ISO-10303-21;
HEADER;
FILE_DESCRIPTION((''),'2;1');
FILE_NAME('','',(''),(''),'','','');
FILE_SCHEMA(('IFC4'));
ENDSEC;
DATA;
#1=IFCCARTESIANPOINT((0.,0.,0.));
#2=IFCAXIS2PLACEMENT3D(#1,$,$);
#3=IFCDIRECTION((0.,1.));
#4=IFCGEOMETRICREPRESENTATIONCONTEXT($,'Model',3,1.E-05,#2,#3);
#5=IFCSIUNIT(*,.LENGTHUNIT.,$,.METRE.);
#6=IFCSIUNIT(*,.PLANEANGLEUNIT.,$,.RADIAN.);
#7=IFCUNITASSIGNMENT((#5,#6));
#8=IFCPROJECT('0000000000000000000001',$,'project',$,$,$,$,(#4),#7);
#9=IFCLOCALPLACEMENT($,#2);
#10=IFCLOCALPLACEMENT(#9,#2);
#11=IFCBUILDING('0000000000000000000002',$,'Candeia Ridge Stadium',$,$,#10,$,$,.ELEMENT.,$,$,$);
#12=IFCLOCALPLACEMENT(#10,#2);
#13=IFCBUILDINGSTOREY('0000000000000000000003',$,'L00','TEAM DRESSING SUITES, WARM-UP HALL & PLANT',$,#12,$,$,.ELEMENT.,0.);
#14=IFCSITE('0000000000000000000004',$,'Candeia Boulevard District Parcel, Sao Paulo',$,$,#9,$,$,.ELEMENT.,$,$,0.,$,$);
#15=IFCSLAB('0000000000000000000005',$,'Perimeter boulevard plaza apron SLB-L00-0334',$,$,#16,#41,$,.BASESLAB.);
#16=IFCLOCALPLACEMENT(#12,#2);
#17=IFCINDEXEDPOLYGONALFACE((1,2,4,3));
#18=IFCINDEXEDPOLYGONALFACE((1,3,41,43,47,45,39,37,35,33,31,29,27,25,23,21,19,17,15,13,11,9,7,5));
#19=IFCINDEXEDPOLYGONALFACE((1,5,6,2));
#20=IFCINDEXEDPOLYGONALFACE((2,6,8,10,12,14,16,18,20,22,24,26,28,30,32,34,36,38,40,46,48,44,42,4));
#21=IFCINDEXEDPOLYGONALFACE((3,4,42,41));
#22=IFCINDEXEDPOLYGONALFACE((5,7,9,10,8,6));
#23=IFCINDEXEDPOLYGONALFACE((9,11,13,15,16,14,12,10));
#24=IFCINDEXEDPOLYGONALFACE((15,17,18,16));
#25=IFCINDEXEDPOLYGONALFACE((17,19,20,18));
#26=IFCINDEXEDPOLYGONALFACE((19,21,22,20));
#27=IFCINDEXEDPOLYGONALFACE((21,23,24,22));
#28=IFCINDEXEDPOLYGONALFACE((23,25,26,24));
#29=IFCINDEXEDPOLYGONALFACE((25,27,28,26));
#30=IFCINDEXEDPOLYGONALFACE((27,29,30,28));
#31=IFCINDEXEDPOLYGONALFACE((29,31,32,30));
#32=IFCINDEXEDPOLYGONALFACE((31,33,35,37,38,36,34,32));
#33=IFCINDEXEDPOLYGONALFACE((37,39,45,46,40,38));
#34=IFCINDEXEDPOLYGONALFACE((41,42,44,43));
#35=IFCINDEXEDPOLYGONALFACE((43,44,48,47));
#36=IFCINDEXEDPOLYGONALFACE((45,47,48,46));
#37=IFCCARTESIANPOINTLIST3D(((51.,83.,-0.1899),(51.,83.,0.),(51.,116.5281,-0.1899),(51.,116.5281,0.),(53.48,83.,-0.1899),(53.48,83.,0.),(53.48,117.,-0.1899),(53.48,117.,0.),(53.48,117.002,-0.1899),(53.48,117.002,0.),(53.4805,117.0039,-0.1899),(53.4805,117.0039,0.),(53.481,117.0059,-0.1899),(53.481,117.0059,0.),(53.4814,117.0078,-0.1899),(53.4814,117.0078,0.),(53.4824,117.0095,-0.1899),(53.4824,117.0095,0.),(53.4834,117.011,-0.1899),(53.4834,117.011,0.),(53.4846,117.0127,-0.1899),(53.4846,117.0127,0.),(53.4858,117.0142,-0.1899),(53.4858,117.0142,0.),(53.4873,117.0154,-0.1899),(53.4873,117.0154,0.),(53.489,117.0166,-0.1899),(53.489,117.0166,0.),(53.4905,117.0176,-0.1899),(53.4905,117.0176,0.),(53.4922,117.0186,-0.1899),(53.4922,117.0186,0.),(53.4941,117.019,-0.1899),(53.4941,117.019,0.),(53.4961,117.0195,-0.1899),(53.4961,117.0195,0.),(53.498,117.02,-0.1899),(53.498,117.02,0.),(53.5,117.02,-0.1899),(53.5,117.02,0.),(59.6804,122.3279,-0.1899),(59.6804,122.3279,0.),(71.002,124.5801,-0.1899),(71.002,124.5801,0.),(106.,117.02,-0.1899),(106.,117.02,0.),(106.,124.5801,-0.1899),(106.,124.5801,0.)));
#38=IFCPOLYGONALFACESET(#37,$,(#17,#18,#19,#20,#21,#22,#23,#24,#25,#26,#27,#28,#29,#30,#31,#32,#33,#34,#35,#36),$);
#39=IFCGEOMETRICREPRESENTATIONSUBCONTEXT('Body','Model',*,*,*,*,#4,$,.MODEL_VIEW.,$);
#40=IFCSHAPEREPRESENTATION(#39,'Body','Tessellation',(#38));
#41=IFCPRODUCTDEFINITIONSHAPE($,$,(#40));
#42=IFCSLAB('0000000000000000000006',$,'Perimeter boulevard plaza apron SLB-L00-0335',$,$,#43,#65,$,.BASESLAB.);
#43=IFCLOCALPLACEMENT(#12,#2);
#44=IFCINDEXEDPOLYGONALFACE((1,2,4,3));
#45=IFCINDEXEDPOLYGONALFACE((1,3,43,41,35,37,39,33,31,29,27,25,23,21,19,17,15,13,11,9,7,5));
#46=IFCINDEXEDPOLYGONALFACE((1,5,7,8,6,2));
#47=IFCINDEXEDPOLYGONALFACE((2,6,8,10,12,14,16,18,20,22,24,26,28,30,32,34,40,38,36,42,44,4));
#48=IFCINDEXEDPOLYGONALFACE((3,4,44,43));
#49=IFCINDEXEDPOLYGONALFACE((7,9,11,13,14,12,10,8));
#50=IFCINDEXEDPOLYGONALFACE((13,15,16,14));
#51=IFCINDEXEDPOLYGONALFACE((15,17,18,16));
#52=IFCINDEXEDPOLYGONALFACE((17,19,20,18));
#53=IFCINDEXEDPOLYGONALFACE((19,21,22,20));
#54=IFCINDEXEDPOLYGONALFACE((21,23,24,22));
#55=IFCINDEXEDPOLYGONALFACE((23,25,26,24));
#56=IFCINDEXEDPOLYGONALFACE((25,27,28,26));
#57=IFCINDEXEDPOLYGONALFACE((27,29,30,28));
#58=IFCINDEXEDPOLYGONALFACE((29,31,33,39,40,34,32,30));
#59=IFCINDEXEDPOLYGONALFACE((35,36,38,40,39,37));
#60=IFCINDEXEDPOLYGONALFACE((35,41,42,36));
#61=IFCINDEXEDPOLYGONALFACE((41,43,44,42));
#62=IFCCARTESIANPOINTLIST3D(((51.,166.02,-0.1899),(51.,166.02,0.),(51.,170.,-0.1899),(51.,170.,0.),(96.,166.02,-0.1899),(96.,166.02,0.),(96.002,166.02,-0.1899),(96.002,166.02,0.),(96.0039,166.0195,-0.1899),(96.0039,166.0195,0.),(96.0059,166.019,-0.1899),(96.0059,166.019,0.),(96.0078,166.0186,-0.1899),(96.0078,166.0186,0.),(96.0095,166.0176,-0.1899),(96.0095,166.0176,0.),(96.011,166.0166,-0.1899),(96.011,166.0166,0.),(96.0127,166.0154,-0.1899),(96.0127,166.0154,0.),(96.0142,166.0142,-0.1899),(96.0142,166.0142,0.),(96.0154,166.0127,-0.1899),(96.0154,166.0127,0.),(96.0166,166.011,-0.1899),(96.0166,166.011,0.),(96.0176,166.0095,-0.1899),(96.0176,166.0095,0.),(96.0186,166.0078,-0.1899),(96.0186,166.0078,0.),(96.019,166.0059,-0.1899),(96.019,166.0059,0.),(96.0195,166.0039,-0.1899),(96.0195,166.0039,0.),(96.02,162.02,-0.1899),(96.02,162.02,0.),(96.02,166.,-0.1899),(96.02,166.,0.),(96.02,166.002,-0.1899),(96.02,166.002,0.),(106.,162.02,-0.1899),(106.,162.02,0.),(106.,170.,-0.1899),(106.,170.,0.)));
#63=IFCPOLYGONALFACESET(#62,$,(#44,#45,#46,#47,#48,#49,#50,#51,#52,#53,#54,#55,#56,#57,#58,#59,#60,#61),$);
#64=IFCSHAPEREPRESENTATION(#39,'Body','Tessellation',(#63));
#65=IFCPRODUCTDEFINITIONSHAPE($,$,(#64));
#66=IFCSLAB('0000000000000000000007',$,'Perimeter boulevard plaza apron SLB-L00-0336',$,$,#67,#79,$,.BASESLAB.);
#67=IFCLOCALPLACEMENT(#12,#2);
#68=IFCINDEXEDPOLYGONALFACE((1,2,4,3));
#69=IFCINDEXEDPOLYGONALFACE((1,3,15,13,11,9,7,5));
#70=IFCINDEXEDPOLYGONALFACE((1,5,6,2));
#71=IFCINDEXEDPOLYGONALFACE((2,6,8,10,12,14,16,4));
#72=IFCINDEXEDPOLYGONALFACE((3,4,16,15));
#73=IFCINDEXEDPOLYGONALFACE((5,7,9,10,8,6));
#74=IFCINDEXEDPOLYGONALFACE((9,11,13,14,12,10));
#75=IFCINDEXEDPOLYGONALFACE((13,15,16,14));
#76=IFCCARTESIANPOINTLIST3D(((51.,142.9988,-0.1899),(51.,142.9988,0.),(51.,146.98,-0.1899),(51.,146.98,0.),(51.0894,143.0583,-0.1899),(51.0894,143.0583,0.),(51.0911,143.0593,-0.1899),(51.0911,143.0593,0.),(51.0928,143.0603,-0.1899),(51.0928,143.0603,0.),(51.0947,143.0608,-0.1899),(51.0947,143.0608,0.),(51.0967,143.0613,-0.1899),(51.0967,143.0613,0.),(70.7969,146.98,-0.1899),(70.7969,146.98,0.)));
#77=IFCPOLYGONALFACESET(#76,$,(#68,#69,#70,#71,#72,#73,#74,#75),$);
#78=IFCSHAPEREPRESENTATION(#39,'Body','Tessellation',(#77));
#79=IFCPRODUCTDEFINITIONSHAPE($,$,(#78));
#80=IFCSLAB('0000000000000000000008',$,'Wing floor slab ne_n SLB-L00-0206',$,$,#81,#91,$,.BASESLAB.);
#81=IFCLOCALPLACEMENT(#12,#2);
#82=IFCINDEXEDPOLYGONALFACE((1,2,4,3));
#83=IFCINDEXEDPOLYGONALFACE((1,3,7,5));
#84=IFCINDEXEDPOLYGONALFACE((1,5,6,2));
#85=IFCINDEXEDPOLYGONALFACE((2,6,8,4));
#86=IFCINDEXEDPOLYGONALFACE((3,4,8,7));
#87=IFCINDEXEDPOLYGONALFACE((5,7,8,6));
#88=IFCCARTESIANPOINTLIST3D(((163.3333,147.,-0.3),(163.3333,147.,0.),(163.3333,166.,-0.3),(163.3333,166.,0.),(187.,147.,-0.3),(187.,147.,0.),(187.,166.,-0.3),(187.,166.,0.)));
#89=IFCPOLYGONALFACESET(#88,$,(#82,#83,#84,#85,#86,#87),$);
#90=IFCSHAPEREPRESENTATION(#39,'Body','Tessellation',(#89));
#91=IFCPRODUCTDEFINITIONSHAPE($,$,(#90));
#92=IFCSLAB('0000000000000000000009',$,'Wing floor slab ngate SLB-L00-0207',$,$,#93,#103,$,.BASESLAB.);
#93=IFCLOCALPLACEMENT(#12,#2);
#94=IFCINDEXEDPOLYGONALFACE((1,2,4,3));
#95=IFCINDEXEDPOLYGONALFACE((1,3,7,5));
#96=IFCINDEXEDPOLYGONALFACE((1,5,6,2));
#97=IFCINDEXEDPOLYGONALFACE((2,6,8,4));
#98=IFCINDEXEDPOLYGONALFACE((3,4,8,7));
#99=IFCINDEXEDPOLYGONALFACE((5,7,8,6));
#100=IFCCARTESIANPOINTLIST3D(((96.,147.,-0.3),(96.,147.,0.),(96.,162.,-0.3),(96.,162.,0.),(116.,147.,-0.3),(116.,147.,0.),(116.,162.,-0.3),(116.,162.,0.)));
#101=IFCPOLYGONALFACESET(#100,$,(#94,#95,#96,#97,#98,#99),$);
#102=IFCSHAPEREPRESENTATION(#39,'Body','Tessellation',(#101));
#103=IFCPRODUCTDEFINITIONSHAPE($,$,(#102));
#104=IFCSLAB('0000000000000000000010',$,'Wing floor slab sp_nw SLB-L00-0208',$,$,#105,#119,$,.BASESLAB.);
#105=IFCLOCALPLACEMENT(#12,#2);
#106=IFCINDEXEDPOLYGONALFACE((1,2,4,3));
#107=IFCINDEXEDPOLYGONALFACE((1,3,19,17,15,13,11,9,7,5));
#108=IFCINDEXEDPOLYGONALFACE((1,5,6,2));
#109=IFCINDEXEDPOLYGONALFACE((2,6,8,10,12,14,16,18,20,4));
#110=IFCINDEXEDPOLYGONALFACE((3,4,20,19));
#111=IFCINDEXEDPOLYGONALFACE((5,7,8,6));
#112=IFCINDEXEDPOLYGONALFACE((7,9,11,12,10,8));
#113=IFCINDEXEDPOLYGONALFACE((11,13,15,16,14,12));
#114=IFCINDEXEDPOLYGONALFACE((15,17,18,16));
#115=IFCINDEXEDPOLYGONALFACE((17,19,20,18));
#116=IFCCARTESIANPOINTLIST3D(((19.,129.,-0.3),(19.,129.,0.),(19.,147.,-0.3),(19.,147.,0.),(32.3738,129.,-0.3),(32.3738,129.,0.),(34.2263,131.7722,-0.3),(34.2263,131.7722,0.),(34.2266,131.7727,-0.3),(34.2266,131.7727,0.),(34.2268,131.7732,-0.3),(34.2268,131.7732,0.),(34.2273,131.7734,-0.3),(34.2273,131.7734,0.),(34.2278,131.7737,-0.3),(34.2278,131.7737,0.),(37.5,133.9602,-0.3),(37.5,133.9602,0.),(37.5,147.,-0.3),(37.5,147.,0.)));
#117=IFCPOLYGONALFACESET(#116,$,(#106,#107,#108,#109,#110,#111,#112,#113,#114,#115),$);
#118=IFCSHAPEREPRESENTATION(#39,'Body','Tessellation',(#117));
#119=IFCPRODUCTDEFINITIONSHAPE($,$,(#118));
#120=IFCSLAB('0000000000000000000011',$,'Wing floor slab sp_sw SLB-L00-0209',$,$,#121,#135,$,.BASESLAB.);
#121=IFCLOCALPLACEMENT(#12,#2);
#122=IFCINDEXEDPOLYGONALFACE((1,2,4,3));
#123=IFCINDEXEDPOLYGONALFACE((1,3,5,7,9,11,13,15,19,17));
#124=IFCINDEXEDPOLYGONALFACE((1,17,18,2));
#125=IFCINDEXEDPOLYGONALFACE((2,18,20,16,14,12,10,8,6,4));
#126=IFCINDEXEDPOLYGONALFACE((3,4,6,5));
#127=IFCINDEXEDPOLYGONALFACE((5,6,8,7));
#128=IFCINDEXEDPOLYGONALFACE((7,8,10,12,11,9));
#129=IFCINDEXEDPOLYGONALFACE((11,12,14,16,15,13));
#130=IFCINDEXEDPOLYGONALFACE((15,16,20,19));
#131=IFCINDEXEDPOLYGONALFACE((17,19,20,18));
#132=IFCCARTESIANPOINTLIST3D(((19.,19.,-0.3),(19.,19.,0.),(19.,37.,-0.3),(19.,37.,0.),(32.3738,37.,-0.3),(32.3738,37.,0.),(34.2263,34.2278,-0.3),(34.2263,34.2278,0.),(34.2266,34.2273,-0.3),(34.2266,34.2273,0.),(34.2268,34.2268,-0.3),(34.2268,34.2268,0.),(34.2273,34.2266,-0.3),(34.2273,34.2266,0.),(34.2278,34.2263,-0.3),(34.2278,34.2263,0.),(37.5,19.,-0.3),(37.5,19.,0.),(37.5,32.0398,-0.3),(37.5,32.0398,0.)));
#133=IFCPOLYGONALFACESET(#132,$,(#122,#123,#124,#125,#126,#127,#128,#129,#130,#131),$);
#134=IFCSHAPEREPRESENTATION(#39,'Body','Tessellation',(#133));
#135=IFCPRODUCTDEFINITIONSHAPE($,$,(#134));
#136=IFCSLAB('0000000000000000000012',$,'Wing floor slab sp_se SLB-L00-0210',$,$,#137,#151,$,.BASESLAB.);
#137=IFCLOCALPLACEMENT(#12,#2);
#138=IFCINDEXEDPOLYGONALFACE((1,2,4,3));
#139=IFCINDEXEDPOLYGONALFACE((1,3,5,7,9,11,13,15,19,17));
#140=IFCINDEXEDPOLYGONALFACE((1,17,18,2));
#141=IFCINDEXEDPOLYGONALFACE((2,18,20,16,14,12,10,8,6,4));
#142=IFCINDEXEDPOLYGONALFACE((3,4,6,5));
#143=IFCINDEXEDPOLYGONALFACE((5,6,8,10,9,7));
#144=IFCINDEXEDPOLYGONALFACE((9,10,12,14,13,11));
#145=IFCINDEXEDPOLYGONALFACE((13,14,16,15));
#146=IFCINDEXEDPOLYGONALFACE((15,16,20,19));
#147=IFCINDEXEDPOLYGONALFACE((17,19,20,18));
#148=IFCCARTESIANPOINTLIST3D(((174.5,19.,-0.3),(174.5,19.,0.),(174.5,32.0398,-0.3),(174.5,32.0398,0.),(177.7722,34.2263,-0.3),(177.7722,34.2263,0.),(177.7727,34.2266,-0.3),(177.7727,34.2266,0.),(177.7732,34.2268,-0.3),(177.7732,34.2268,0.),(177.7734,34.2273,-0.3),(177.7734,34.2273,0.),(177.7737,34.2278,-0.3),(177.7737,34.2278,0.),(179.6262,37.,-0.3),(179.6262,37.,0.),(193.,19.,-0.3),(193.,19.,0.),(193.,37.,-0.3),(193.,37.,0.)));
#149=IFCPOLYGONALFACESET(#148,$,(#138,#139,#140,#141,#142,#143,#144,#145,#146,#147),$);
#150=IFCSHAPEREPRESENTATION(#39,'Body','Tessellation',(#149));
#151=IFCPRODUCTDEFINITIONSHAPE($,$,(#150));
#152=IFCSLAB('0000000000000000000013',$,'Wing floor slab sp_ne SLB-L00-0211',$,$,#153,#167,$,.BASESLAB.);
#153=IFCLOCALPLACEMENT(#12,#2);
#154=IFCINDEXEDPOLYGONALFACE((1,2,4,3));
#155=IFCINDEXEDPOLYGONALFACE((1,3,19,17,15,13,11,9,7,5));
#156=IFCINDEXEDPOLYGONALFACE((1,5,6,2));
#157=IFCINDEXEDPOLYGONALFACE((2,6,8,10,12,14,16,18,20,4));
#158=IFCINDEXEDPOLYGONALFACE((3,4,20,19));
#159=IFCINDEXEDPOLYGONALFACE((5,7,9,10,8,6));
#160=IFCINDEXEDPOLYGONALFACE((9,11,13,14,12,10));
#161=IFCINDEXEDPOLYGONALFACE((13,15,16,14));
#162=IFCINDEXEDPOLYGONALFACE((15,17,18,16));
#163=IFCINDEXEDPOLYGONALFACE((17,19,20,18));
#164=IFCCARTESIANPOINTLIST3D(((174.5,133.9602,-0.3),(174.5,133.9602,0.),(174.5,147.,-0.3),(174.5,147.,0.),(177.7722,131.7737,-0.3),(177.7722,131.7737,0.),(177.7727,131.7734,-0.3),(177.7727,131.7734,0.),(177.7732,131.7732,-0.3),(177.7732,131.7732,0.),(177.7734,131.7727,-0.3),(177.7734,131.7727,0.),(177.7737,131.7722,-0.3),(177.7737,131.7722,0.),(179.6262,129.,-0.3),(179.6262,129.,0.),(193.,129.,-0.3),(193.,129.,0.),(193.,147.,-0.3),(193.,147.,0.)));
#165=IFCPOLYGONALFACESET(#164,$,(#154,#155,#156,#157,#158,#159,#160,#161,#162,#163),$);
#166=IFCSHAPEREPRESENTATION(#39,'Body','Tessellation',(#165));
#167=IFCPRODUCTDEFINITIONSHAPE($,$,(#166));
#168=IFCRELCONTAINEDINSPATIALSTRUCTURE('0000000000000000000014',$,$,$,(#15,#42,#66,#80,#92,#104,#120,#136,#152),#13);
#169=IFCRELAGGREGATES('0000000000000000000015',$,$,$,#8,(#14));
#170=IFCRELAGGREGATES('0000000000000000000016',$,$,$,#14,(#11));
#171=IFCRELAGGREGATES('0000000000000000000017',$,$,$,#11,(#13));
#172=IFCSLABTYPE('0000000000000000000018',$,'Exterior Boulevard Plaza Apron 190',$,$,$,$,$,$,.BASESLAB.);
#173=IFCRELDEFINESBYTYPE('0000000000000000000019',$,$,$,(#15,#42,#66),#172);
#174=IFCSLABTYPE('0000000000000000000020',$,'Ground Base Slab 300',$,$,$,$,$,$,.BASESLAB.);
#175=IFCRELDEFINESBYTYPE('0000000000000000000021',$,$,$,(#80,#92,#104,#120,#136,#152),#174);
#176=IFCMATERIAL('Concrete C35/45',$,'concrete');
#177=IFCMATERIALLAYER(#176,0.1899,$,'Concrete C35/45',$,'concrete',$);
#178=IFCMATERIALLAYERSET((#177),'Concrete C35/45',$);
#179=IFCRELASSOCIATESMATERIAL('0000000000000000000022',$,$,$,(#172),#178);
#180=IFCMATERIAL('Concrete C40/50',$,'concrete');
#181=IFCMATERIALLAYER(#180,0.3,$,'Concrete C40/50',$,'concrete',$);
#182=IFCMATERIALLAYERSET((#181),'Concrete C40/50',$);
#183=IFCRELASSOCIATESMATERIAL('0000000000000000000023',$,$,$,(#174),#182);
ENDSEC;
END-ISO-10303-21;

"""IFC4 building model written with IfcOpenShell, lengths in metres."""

from ifc_helpers import new_model, si_unit, direction, frame, origin, place, context, subcontext, project, spatial, polyline, outline, extrude, material, layer, layer_set, type_object, element, save


model = new_model("IFC4")

# Units and contexts
model_context = context("Model", 3, precision=1e-05, world=origin(), true_north=direction((0.0, 1.0)))
body_context = subcontext(model_context, "Body", "Model", "MODEL_VIEW")
ifc_project = project(units=[si_unit("LENGTHUNIT", "METRE"), si_unit("PLANEANGLEUNIT", "RADIAN")], contexts=[model_context])

# Site, building, storey
site_placement = place(None, origin())
site = spatial("IfcSite", under=ifc_project, at=site_placement, Name="Candeia Boulevard District Parcel, Sao Paulo", CompositionType="ELEMENT", RefElevation=0.0)
building_placement = place(site_placement, origin())
building = spatial("IfcBuilding", under=site, at=building_placement, Name="Candeia Ridge Stadium", CompositionType="ELEMENT")
storey_placement = place(building_placement, origin())
storey = spatial("IfcBuildingStorey", under=building, at=storey_placement, Name="L00", Description="TEAM DRESSING SUITES, WARM-UP HALL & PLANT", CompositionType="ELEMENT", Elevation=0.0)

# Shared definitions
ifc_material_1 = material(Name="Concrete C40/50", Category="concrete")

# Slabs
ifc_material_2 = material(Name="Concrete C35/45", Category="concrete")
ifc_layer_1 = layer(ifc_material_2, 0.1899, Name="Concrete C35/45", Category="concrete")
ifc_layer_set_1 = layer_set([ifc_layer_1], Name="Concrete C35/45")
slab_type_1 = type_object("IfcSlabType", Name="Exterior Boulevard Plaza Apron 190", PredefinedType="BASESLAB", material=ifc_layer_set_1)
slab_1_placement = place(storey_placement, frame((0.0, 0.0, -0.1899)))
element("IfcSlab", 1, at=slab_1_placement, inside=storey, type_object=slab_type_1, Name="Perimeter boulevard plaza apron SLB-L00-0334", PredefinedType="BASESLAB", context=body_context, shape_type="SweptSolid", body=[
    extrude(outline(polyline([(59.6804, 122.3279), (71.002, 124.5801), (106.0, 124.5801), (106.0, 117.02), (53.5, 117.02), (53.498, 117.02), (53.4961, 117.0195), (53.4941, 117.019), (53.4922, 117.0186), (53.4905, 117.0176), (53.489, 117.0166), (53.4873, 117.0154), (53.4858, 117.0142), (53.4846, 117.0127), (53.4834, 117.011), (53.4824, 117.0095), (53.4814, 117.0078), (53.481, 117.0059), (53.4805, 117.0039), (53.48, 117.002), (53.48, 117.0), (53.48, 83.0), (51.0, 83.0), (51.0, 116.5281), (59.6804, 122.3279)])), origin(), (0.0, 0.0, 1.0), 0.1899),
])
slab_2_placement = place(storey_placement, frame((0.0, 0.0, -0.1899)))
element("IfcSlab", 2, at=slab_2_placement, inside=storey, type_object=slab_type_1, Name="Perimeter boulevard plaza apron SLB-L00-0335", PredefinedType="BASESLAB", context=body_context, shape_type="SweptSolid", body=[
    extrude(outline(polyline([(106.0, 170.0), (106.0, 162.02), (96.02, 162.02), (96.02, 166.0), (96.02, 166.002), (96.0195, 166.0039), (96.019, 166.0059), (96.0186, 166.0078), (96.0176, 166.0095), (96.0166, 166.011), (96.0154, 166.0127), (96.0142, 166.0142), (96.0127, 166.0154), (96.011, 166.0166), (96.0095, 166.0176), (96.0078, 166.0186), (96.0059, 166.019), (96.0039, 166.0195), (96.002, 166.02), (96.0, 166.02), (51.0, 166.02), (51.0, 170.0), (106.0, 170.0)])), origin(), (0.0, 0.0, 1.0), 0.1899),
])
slab_3_placement = place(storey_placement, frame((0.0, 0.0, -0.1899)))
element("IfcSlab", 3, at=slab_3_placement, inside=storey, type_object=slab_type_1, Name="Perimeter boulevard plaza apron SLB-L00-0336", PredefinedType="BASESLAB", context=body_context, shape_type="SweptSolid", body=[
    extrude(outline(polyline([(70.7969, 146.98), (51.0967, 143.0613), (51.0947, 143.0608), (51.0928, 143.0603), (51.0911, 143.0593), (51.0894, 143.0583), (51.0, 142.9988), (51.0, 146.98), (70.7969, 146.98)])), origin(), (0.0, 0.0, 1.0), 0.1899),
])
ifc_layer_2 = layer(ifc_material_1, 0.3, Name="Concrete C40/50", Category="concrete")
ifc_layer_set_2 = layer_set([ifc_layer_2], Name="Concrete C40/50")
slab_type_2 = type_object("IfcSlabType", Name="Ground Base Slab 300", PredefinedType="BASESLAB", material=ifc_layer_set_2)
slab_4_placement = place(storey_placement, frame((0.0, 0.0, -0.3)))
element("IfcSlab", 4, at=slab_4_placement, inside=storey, type_object=slab_type_2, Name="Wing floor slab ne_n SLB-L00-0206", PredefinedType="BASESLAB", context=body_context, shape_type="SweptSolid", body=[
    extrude(outline(polyline([(187.0, 147.0), (187.0, 166.0), (163.3333, 166.0), (163.3333, 147.0), (187.0, 147.0)])), origin(), (0.0, 0.0, 1.0), 0.3),
])
slab_5_placement = place(storey_placement, frame((0.0, 0.0, -0.3)))
element("IfcSlab", 5, at=slab_5_placement, inside=storey, type_object=slab_type_2, Name="Wing floor slab ngate SLB-L00-0207", PredefinedType="BASESLAB", context=body_context, shape_type="SweptSolid", body=[
    extrude(outline(polyline([(116.0, 147.0), (116.0, 162.0), (96.0, 162.0), (96.0, 147.0), (116.0, 147.0)])), origin(), (0.0, 0.0, 1.0), 0.3),
])
slab_6_placement = place(storey_placement, frame((0.0, 0.0, -0.3)))
element("IfcSlab", 6, at=slab_6_placement, inside=storey, type_object=slab_type_2, Name="Wing floor slab sp_nw SLB-L00-0208", PredefinedType="BASESLAB", context=body_context, shape_type="SweptSolid", body=[
    extrude(outline(polyline([(19.0, 129.0), (19.0, 147.0), (37.5, 147.0), (37.5, 133.9602), (34.2278, 131.7737), (34.2273, 131.7734), (34.2268, 131.7732), (34.2266, 131.7727), (34.2263, 131.7722), (32.3738, 129.0), (19.0, 129.0)])), origin(), (0.0, 0.0, 1.0), 0.3),
])
slab_7_placement = place(storey_placement, frame((0.0, 0.0, -0.3)))
element("IfcSlab", 7, at=slab_7_placement, inside=storey, type_object=slab_type_2, Name="Wing floor slab sp_sw SLB-L00-0209", PredefinedType="BASESLAB", context=body_context, shape_type="SweptSolid", body=[
    extrude(outline(polyline([(37.5, 19.0), (19.0, 19.0), (19.0, 37.0), (32.3738, 37.0), (34.2263, 34.2278), (34.2266, 34.2273), (34.2268, 34.2268), (34.2273, 34.2266), (34.2278, 34.2263), (37.5, 32.0398), (37.5, 19.0)])), origin(), (0.0, 0.0, 1.0), 0.3),
])
slab_8_placement = place(storey_placement, frame((0.0, 0.0, -0.3)))
element("IfcSlab", 8, at=slab_8_placement, inside=storey, type_object=slab_type_2, Name="Wing floor slab sp_se SLB-L00-0210", PredefinedType="BASESLAB", context=body_context, shape_type="SweptSolid", body=[
    extrude(outline(polyline([(193.0, 37.0), (193.0, 19.0), (174.5, 19.0), (174.5, 32.0398), (177.7722, 34.2263), (177.7727, 34.2266), (177.7732, 34.2268), (177.7734, 34.2273), (177.7737, 34.2278), (179.6262, 37.0), (193.0, 37.0)])), origin(), (0.0, 0.0, 1.0), 0.3),
])
slab_9_placement = place(storey_placement, frame((0.0, 0.0, -0.3)))
element("IfcSlab", 9, at=slab_9_placement, inside=storey, type_object=slab_type_2, Name="Wing floor slab sp_ne SLB-L00-0211", PredefinedType="BASESLAB", context=body_context, shape_type="SweptSolid", body=[
    extrude(outline(polyline([(174.5, 147.0), (193.0, 147.0), (193.0, 129.0), (179.6262, 129.0), (177.7737, 131.7722), (177.7734, 131.7727), (177.7732, 131.7732), (177.7727, 131.7734), (177.7722, 131.7737), (174.5, 133.9602), (174.5, 147.0)])), origin(), (0.0, 0.0, 1.0), 0.3),
])

save(model, "model.ifc")
